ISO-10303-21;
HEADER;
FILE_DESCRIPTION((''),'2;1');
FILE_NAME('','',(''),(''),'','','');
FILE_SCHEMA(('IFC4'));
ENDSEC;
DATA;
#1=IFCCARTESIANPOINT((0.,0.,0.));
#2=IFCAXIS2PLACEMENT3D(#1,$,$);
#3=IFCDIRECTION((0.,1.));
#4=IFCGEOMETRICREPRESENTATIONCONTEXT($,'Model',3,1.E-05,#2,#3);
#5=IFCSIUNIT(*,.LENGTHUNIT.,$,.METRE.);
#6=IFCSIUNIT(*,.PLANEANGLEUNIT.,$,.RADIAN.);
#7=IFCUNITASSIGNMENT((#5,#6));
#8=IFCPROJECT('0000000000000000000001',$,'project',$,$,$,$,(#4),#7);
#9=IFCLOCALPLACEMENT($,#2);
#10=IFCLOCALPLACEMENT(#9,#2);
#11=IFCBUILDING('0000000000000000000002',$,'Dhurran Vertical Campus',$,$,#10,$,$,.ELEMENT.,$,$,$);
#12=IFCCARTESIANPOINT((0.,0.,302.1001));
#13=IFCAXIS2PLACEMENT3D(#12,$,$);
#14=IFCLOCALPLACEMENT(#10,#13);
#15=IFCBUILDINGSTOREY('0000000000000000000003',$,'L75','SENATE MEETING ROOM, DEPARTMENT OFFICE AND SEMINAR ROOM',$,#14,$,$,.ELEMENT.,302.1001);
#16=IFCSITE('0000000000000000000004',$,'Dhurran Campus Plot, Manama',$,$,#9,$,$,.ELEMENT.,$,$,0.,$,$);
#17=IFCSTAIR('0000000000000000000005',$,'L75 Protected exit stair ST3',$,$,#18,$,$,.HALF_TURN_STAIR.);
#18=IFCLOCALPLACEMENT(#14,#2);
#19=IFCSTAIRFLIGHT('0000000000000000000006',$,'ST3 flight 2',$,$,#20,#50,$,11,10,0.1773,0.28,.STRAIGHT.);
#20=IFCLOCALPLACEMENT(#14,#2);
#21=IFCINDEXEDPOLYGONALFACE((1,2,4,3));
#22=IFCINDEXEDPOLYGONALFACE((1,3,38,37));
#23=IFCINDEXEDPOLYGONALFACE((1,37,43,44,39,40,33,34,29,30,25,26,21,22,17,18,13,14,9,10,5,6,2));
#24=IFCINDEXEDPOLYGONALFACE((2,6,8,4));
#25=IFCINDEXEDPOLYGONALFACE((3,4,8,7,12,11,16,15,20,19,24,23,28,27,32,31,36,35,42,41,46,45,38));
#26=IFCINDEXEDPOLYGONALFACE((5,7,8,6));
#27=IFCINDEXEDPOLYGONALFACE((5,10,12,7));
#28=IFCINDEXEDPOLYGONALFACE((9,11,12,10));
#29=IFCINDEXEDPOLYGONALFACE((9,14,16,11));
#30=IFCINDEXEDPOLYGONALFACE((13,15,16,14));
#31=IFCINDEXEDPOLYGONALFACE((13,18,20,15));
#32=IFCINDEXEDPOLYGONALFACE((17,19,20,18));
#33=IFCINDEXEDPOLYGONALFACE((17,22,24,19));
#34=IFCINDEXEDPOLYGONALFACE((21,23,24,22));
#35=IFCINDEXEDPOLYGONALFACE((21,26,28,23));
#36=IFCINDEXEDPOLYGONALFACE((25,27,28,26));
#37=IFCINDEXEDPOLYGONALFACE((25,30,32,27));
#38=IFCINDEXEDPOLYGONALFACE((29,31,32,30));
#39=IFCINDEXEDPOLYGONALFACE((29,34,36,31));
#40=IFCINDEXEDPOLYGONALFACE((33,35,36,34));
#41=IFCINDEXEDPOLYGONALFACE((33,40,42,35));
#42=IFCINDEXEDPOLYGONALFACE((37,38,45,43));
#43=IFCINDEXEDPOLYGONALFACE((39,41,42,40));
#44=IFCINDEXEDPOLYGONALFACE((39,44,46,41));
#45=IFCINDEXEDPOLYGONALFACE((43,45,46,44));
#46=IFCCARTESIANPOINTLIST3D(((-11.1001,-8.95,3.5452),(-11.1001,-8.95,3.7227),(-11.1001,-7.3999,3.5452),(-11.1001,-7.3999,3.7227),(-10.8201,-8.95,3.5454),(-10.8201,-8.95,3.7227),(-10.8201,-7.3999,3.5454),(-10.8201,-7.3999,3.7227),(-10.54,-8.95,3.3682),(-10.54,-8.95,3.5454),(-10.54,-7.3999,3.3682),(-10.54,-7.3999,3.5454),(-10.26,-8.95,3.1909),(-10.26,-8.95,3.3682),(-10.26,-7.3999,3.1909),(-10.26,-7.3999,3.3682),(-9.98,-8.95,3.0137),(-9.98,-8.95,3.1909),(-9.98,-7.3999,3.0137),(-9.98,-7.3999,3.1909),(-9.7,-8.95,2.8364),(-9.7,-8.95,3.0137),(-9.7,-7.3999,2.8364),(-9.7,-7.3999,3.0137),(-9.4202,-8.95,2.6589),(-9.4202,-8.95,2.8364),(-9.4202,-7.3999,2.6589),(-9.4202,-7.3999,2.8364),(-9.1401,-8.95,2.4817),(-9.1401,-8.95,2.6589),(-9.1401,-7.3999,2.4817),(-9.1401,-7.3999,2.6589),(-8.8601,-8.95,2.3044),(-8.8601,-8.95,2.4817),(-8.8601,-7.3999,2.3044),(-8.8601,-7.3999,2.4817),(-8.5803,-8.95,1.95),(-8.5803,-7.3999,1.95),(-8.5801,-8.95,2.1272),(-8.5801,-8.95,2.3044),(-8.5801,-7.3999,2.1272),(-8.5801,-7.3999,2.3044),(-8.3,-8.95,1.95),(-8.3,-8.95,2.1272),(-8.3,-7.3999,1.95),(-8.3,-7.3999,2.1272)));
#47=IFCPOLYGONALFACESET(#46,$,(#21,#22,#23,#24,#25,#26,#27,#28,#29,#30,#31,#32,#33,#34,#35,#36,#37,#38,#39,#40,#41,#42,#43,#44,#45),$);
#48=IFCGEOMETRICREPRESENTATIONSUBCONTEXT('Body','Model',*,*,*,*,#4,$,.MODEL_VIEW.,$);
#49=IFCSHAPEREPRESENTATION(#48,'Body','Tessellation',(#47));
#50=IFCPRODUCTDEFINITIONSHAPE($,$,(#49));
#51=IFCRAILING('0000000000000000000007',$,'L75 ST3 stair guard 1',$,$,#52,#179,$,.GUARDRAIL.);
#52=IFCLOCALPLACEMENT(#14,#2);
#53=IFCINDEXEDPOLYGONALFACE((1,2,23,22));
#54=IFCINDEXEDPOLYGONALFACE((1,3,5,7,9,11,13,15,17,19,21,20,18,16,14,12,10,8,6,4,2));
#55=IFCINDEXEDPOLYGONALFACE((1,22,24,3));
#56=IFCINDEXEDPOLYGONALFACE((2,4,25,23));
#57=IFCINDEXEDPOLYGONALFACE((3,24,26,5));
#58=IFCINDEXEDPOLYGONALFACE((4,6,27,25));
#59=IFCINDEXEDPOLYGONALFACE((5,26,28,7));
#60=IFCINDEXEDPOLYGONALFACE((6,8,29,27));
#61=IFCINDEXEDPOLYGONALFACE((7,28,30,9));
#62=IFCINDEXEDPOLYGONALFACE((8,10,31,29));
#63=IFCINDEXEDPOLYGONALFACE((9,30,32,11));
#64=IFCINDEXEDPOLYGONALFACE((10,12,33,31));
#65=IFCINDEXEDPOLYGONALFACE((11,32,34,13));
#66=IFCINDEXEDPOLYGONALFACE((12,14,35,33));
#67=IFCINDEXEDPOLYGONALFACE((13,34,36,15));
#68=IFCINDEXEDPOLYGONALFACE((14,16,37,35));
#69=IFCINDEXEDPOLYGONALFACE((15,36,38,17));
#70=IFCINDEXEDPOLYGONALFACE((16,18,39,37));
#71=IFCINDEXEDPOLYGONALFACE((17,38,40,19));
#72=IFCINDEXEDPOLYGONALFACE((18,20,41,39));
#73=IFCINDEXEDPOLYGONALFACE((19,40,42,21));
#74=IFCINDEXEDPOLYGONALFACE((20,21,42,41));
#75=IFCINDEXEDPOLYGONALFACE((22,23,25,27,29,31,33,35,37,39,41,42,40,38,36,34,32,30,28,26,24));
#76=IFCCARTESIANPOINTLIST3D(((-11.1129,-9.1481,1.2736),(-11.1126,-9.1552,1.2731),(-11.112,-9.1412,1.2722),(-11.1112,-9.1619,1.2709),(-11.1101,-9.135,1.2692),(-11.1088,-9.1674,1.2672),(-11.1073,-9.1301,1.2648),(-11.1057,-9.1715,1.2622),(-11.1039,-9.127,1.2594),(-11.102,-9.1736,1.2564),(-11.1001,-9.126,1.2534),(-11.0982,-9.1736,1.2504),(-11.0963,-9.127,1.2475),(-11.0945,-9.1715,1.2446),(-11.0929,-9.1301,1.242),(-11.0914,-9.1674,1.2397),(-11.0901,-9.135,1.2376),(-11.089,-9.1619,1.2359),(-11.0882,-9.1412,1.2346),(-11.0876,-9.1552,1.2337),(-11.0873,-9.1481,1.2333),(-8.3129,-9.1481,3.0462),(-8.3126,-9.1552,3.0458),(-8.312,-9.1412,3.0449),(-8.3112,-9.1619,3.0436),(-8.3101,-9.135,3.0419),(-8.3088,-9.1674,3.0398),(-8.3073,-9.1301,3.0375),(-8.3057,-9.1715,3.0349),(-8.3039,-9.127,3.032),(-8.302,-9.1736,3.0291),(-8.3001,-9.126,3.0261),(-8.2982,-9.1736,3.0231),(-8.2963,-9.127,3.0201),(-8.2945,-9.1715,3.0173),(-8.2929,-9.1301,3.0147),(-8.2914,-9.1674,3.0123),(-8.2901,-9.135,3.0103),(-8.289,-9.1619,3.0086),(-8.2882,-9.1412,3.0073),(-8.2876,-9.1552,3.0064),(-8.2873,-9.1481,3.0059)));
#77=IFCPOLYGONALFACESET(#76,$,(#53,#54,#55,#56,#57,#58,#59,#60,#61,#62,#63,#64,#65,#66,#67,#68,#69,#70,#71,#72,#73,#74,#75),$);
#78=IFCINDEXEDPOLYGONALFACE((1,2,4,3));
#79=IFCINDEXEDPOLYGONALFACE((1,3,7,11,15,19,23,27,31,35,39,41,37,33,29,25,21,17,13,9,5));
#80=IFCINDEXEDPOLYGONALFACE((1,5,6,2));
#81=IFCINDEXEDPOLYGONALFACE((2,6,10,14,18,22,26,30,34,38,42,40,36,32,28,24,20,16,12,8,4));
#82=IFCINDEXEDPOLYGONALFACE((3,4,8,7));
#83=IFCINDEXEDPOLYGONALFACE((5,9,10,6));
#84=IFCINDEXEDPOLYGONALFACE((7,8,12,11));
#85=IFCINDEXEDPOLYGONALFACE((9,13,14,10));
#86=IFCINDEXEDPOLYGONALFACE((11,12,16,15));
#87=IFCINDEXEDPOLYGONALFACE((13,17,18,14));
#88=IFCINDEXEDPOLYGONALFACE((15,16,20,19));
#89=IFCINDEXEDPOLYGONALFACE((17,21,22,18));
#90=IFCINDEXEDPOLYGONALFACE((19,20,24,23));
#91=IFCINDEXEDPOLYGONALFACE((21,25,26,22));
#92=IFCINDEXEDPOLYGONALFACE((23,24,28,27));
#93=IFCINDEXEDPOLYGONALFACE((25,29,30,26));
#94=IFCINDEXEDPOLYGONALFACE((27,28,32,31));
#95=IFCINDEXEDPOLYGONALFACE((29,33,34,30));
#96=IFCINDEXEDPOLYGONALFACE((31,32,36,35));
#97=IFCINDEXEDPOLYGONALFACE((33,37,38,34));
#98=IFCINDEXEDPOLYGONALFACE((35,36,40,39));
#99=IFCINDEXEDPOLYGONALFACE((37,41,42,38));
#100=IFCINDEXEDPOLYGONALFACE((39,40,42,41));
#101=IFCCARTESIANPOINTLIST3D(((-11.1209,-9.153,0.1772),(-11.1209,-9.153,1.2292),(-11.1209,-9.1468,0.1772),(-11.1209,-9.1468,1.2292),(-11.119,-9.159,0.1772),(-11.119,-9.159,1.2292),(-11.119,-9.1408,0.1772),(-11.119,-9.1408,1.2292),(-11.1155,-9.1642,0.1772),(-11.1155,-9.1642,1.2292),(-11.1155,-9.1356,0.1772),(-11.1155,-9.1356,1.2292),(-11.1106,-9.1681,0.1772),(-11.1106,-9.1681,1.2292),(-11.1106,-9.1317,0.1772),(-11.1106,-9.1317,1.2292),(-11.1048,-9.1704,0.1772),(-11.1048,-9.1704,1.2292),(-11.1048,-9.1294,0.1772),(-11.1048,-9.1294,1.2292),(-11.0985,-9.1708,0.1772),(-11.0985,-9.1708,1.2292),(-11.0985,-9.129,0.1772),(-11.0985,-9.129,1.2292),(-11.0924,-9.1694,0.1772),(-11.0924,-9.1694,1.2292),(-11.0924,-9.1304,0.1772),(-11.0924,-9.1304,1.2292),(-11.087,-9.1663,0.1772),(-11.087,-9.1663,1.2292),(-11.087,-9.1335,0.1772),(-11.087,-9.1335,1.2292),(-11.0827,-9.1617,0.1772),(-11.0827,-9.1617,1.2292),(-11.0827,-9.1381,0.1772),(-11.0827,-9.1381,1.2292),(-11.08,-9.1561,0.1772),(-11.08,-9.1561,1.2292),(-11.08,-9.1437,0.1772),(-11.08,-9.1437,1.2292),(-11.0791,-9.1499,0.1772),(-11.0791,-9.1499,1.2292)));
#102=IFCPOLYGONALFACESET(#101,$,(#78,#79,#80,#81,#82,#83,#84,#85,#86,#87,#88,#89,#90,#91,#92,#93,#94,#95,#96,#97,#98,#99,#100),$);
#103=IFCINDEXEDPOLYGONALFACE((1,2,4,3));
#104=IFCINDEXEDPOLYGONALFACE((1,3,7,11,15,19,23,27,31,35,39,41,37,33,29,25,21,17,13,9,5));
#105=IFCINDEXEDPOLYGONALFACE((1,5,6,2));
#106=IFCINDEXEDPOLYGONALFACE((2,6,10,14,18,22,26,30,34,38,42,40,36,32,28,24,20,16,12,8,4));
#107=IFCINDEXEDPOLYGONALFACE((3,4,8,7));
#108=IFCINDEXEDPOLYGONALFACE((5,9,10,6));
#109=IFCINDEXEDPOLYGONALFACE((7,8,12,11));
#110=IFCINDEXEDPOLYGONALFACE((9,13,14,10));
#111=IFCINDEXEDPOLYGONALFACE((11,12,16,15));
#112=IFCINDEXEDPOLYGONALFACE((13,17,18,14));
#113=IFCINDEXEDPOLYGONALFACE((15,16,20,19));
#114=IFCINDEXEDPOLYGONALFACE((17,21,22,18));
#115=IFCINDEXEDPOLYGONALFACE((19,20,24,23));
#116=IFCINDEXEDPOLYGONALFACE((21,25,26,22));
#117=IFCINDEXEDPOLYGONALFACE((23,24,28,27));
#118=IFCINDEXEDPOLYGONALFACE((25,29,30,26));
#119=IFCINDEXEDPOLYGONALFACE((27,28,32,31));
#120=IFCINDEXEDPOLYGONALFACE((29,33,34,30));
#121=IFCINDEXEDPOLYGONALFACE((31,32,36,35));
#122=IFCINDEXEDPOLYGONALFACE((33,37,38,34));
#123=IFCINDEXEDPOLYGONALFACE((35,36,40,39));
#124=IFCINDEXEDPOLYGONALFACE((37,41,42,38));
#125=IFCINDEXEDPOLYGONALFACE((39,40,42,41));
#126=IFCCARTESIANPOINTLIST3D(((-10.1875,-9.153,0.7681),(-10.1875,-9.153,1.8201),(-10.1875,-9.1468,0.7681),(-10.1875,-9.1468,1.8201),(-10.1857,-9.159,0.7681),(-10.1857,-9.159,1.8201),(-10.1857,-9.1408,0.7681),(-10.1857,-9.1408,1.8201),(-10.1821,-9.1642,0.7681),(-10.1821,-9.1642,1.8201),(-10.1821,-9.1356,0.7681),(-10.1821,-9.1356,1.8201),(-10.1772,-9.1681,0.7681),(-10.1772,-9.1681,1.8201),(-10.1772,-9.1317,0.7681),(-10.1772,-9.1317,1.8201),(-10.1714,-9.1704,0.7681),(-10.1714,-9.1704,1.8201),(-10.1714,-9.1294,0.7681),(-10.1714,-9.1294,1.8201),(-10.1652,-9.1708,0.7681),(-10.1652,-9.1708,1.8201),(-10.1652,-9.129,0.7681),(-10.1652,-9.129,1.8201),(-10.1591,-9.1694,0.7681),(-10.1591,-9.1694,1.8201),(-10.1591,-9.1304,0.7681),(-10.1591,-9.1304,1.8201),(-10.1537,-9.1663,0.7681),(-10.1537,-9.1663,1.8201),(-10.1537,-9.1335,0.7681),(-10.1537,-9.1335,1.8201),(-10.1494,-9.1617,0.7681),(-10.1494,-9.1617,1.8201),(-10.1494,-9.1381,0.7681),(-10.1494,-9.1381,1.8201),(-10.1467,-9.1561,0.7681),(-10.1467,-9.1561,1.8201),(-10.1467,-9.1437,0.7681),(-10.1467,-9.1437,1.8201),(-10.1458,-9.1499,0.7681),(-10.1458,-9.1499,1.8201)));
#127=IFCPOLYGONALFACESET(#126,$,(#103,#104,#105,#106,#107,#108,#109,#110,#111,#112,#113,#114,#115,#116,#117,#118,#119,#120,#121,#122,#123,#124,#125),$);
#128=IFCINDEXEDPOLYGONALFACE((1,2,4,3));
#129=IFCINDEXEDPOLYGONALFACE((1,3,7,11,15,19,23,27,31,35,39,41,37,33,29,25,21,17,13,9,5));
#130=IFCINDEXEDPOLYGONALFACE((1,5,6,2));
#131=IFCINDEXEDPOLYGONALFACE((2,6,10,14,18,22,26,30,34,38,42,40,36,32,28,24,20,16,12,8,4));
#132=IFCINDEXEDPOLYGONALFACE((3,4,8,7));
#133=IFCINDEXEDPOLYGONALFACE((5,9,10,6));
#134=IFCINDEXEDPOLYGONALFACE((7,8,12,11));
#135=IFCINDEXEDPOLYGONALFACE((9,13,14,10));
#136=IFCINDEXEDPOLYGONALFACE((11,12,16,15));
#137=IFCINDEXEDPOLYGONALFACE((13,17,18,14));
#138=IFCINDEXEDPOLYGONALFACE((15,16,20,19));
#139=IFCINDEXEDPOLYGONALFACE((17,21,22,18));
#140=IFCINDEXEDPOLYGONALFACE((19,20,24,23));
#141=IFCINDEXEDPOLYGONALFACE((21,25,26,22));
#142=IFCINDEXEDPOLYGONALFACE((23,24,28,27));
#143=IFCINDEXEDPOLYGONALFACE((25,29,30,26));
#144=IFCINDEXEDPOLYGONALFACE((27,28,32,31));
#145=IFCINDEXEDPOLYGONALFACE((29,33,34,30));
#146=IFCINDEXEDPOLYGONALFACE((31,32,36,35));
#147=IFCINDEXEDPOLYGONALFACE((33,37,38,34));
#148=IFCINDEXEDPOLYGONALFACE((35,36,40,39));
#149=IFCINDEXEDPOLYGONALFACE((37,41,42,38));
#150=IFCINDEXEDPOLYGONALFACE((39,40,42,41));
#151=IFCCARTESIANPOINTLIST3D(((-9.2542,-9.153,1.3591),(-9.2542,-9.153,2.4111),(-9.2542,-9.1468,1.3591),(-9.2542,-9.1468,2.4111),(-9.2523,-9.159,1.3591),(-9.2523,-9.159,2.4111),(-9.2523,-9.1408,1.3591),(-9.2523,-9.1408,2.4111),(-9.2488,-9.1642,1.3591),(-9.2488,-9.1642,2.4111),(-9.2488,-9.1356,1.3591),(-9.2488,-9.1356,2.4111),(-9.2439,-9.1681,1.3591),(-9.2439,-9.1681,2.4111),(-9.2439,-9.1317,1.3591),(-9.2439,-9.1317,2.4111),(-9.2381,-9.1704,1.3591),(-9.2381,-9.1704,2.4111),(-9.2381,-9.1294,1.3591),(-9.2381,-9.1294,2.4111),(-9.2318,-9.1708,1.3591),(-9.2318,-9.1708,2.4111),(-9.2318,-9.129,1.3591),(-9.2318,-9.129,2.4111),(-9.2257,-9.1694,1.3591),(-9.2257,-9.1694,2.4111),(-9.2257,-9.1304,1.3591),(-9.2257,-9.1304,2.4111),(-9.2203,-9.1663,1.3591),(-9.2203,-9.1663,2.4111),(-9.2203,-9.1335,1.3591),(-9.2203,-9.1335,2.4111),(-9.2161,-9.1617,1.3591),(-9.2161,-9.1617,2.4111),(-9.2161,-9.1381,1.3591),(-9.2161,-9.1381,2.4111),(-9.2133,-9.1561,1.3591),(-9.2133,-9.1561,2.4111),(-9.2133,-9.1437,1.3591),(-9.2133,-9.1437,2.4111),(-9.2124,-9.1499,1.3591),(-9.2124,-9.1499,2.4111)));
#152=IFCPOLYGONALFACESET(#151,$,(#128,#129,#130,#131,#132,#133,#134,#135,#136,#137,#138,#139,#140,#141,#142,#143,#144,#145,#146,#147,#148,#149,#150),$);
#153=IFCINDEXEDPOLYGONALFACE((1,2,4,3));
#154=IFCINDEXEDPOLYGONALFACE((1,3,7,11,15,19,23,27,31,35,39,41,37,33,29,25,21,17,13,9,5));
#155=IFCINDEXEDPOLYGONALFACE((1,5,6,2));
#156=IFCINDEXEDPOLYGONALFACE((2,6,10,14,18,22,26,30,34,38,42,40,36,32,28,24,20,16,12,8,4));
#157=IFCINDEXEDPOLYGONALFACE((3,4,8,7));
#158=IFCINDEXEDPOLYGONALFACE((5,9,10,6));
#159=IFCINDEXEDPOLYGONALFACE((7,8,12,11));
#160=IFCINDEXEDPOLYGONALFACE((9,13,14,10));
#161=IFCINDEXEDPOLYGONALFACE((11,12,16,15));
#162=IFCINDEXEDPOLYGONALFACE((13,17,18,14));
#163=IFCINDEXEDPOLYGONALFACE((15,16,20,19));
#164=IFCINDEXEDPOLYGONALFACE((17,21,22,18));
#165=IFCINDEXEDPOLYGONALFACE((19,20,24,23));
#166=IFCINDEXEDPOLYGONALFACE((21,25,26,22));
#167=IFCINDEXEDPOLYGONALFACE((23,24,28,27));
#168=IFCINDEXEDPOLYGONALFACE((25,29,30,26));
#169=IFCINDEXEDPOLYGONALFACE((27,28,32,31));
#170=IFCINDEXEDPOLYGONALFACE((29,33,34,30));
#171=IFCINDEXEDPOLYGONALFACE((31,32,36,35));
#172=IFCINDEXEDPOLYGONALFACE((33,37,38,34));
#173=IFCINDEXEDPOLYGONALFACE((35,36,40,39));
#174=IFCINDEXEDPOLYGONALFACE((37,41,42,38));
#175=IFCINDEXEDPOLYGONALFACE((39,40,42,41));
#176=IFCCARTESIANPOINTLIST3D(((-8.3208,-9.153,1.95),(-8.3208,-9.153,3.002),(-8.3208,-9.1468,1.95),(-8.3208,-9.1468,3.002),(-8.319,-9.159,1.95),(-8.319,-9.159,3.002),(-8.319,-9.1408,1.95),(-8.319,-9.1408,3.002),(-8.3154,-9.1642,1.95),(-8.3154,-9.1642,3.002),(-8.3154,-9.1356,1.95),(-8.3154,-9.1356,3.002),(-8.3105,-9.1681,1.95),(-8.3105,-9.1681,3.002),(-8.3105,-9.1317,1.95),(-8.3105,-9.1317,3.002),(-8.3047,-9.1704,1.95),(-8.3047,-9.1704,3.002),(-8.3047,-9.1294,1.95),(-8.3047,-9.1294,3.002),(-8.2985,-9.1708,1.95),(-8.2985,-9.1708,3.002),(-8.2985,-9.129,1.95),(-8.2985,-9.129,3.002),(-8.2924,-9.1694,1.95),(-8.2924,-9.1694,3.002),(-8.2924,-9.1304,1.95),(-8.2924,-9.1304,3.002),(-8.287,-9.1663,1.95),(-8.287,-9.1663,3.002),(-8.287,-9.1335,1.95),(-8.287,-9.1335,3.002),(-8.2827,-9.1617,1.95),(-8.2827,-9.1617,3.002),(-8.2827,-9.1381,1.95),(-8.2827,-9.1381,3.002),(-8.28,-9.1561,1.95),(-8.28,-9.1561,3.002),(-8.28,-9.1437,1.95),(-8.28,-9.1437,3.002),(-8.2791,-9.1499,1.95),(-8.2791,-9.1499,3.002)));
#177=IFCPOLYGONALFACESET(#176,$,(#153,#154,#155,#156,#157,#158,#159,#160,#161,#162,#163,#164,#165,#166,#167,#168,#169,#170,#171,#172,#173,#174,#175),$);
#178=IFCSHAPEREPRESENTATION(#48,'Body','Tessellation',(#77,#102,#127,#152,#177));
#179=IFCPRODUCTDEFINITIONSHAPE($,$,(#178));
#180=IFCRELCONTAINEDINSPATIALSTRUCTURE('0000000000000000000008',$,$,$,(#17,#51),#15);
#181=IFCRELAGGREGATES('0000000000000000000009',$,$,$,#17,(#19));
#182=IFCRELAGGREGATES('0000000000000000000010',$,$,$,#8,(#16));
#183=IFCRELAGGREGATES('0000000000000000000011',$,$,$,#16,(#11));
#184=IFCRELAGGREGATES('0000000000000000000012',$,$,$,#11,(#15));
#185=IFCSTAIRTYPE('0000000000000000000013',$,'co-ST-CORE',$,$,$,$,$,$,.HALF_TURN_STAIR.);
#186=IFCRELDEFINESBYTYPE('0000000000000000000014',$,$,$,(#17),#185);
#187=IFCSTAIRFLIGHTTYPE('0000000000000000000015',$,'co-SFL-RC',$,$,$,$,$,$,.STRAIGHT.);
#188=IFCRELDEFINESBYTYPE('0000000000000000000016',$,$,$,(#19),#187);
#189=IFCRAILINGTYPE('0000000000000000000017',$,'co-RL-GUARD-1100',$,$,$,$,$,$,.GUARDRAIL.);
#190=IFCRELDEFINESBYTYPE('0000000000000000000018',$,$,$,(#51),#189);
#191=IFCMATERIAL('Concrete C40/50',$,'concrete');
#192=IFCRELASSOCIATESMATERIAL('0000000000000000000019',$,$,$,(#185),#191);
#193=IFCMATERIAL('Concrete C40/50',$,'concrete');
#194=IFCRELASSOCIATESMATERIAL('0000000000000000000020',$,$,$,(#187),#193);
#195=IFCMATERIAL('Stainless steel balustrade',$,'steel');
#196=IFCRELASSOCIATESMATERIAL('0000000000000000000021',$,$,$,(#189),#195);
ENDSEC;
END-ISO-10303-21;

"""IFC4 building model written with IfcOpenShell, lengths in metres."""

from ifc_helpers import new_model, si_unit, direction, frame, origin, origin_2d, place, context, subcontext, project, spatial, polyline, circle, outline, extrude, material, type_object, element, aggregate, save


model = new_model("IFC4")

# Units and contexts
model_context = context("Model", 3, precision=1e-05, world=origin(), true_north=direction((0.0, 1.0)))
body_context = subcontext(model_context, "Body", "Model", "MODEL_VIEW")
ifc_project = project(units=[si_unit("LENGTHUNIT", "METRE"), si_unit("PLANEANGLEUNIT", "RADIAN")], contexts=[model_context])

# Site, building, storey
site_placement = place(None, origin())
site = spatial("IfcSite", under=ifc_project, at=site_placement, Name="Dhurran Campus Plot, Manama", CompositionType="ELEMENT", RefElevation=0.0)
building_placement = place(site_placement, origin())
building = spatial("IfcBuilding", under=site, at=building_placement, Name="Dhurran Vertical Campus", CompositionType="ELEMENT")
storey_placement = place(building_placement, frame((0.0, 0.0, 302.1001)))
storey = spatial("IfcBuildingStorey", under=building, at=storey_placement, Name="L75", Description="SENATE MEETING ROOM, DEPARTMENT OFFICE AND SEMINAR ROOM", CompositionType="ELEMENT", Elevation=302.1001)

# Stair, stair flight
ifc_material_1 = material(Name="Concrete C40/50", Category="concrete")
stair_type = type_object("IfcStairType", Name="co-ST-CORE", PredefinedType="HALF_TURN_STAIR", material=ifc_material_1)
stair_placement = place(storey_placement, origin())
stair = element("IfcStair", 1, at=stair_placement, inside=storey, type_object=stair_type, Name="L75 Protected exit stair ST3", PredefinedType="HALF_TURN_STAIR")
ifc_material_2 = material(Name="Concrete C40/50", Category="concrete")
stair_flight_type = type_object("IfcStairFlightType", Name="co-SFL-RC", PredefinedType="STRAIGHT", material=ifc_material_2)
stair_flight_1_placement = place(storey_placement, frame((-8.3, -8.175, 1.95), z_axis=(0.0, 0.0, 1.0), x_axis=(-1.0, 0.0, 0.0)))
stair_flight_1 = element("IfcStairFlight", 2, at=stair_flight_1_placement, type_object=stair_flight_type, Name="ST3 flight 2", NumberOfRisers=11, NumberOfTreads=10, PredefinedType="STRAIGHT", RiserHeight=0.1773, TreadLength=0.28, context=body_context, shape_type="SweptSolid", body=[
    extrude(outline(polyline([(0.0, 0.0), (0.0, 0.1772), (0.28, 0.1772), (0.28, 0.3545), (0.5601, 0.3545), (0.5601, 0.5317), (0.8401, 0.5317), (0.8401, 0.709), (1.1201, 0.709), (1.1201, 0.8865), (1.3999, 0.8865), (1.3999, 1.0637), (1.6799, 1.0637), (1.6799, 1.241), (1.96, 1.241), (1.96, 1.4182), (2.24, 1.4182), (2.24, 1.5955), (2.52, 1.5955), (2.52, 1.7727), (2.8, 1.7727), (2.8, 1.95), (2.8, 1.5952), (0.2803, 0.0), (0.0, 0.0)])), frame((0.0, 0.7749, 0.0), z_axis=(0.0, -1.0, 0.0), x_axis=(1.0, 0.0, 0.0)), (0.0, 0.0, 1.0), 1.55),
])
aggregate(stair, [stair_flight_1])

# Railing
ifc_material_3 = material(Name="Stainless steel balustrade", Category="steel")
railing_type_1 = type_object("IfcRailingType", Name="co-RL-GUARD-1100", PredefinedType="GUARDRAIL", material=ifc_material_3)
railing_1_placement = place(storey_placement, frame((-11.1001, -9.1499, 0.1772)))
element("IfcRailing", 3, at=railing_1_placement, inside=storey, type_object=railing_type_1, Name="L75 ST3 stair guard 1", PredefinedType="GUARDRAIL", context=body_context, shape_type="SweptSolid", body=[
    extrude(circle(Radius=0.0239, at=origin_2d()), frame((0.0, 0.0, 1.0762), z_axis=(0.844909, 0.0, 0.53491), x_axis=(0.0, 1.0, 0.0)), (0.0, 0.0, 1.0), 3.314),
    extrude(circle(Radius=0.021, at=origin_2d()), origin(), (0.0, 0.0, 1.0), 1.052),
    extrude(circle(Radius=0.021, at=origin_2d()), frame((0.9333, 0.0, 0.5908)), (0.0, 0.0, 1.0), 1.052),
    extrude(circle(Radius=0.021, at=origin_2d()), frame((1.8667, 0.0, 1.1819)), (0.0, 0.0, 1.0), 1.052),
    extrude(circle(Radius=0.021, at=origin_2d()), frame((2.8, 0.0, 1.7727)), (0.0, 0.0, 1.0), 1.052),
])

save(model, "model.ifc")
